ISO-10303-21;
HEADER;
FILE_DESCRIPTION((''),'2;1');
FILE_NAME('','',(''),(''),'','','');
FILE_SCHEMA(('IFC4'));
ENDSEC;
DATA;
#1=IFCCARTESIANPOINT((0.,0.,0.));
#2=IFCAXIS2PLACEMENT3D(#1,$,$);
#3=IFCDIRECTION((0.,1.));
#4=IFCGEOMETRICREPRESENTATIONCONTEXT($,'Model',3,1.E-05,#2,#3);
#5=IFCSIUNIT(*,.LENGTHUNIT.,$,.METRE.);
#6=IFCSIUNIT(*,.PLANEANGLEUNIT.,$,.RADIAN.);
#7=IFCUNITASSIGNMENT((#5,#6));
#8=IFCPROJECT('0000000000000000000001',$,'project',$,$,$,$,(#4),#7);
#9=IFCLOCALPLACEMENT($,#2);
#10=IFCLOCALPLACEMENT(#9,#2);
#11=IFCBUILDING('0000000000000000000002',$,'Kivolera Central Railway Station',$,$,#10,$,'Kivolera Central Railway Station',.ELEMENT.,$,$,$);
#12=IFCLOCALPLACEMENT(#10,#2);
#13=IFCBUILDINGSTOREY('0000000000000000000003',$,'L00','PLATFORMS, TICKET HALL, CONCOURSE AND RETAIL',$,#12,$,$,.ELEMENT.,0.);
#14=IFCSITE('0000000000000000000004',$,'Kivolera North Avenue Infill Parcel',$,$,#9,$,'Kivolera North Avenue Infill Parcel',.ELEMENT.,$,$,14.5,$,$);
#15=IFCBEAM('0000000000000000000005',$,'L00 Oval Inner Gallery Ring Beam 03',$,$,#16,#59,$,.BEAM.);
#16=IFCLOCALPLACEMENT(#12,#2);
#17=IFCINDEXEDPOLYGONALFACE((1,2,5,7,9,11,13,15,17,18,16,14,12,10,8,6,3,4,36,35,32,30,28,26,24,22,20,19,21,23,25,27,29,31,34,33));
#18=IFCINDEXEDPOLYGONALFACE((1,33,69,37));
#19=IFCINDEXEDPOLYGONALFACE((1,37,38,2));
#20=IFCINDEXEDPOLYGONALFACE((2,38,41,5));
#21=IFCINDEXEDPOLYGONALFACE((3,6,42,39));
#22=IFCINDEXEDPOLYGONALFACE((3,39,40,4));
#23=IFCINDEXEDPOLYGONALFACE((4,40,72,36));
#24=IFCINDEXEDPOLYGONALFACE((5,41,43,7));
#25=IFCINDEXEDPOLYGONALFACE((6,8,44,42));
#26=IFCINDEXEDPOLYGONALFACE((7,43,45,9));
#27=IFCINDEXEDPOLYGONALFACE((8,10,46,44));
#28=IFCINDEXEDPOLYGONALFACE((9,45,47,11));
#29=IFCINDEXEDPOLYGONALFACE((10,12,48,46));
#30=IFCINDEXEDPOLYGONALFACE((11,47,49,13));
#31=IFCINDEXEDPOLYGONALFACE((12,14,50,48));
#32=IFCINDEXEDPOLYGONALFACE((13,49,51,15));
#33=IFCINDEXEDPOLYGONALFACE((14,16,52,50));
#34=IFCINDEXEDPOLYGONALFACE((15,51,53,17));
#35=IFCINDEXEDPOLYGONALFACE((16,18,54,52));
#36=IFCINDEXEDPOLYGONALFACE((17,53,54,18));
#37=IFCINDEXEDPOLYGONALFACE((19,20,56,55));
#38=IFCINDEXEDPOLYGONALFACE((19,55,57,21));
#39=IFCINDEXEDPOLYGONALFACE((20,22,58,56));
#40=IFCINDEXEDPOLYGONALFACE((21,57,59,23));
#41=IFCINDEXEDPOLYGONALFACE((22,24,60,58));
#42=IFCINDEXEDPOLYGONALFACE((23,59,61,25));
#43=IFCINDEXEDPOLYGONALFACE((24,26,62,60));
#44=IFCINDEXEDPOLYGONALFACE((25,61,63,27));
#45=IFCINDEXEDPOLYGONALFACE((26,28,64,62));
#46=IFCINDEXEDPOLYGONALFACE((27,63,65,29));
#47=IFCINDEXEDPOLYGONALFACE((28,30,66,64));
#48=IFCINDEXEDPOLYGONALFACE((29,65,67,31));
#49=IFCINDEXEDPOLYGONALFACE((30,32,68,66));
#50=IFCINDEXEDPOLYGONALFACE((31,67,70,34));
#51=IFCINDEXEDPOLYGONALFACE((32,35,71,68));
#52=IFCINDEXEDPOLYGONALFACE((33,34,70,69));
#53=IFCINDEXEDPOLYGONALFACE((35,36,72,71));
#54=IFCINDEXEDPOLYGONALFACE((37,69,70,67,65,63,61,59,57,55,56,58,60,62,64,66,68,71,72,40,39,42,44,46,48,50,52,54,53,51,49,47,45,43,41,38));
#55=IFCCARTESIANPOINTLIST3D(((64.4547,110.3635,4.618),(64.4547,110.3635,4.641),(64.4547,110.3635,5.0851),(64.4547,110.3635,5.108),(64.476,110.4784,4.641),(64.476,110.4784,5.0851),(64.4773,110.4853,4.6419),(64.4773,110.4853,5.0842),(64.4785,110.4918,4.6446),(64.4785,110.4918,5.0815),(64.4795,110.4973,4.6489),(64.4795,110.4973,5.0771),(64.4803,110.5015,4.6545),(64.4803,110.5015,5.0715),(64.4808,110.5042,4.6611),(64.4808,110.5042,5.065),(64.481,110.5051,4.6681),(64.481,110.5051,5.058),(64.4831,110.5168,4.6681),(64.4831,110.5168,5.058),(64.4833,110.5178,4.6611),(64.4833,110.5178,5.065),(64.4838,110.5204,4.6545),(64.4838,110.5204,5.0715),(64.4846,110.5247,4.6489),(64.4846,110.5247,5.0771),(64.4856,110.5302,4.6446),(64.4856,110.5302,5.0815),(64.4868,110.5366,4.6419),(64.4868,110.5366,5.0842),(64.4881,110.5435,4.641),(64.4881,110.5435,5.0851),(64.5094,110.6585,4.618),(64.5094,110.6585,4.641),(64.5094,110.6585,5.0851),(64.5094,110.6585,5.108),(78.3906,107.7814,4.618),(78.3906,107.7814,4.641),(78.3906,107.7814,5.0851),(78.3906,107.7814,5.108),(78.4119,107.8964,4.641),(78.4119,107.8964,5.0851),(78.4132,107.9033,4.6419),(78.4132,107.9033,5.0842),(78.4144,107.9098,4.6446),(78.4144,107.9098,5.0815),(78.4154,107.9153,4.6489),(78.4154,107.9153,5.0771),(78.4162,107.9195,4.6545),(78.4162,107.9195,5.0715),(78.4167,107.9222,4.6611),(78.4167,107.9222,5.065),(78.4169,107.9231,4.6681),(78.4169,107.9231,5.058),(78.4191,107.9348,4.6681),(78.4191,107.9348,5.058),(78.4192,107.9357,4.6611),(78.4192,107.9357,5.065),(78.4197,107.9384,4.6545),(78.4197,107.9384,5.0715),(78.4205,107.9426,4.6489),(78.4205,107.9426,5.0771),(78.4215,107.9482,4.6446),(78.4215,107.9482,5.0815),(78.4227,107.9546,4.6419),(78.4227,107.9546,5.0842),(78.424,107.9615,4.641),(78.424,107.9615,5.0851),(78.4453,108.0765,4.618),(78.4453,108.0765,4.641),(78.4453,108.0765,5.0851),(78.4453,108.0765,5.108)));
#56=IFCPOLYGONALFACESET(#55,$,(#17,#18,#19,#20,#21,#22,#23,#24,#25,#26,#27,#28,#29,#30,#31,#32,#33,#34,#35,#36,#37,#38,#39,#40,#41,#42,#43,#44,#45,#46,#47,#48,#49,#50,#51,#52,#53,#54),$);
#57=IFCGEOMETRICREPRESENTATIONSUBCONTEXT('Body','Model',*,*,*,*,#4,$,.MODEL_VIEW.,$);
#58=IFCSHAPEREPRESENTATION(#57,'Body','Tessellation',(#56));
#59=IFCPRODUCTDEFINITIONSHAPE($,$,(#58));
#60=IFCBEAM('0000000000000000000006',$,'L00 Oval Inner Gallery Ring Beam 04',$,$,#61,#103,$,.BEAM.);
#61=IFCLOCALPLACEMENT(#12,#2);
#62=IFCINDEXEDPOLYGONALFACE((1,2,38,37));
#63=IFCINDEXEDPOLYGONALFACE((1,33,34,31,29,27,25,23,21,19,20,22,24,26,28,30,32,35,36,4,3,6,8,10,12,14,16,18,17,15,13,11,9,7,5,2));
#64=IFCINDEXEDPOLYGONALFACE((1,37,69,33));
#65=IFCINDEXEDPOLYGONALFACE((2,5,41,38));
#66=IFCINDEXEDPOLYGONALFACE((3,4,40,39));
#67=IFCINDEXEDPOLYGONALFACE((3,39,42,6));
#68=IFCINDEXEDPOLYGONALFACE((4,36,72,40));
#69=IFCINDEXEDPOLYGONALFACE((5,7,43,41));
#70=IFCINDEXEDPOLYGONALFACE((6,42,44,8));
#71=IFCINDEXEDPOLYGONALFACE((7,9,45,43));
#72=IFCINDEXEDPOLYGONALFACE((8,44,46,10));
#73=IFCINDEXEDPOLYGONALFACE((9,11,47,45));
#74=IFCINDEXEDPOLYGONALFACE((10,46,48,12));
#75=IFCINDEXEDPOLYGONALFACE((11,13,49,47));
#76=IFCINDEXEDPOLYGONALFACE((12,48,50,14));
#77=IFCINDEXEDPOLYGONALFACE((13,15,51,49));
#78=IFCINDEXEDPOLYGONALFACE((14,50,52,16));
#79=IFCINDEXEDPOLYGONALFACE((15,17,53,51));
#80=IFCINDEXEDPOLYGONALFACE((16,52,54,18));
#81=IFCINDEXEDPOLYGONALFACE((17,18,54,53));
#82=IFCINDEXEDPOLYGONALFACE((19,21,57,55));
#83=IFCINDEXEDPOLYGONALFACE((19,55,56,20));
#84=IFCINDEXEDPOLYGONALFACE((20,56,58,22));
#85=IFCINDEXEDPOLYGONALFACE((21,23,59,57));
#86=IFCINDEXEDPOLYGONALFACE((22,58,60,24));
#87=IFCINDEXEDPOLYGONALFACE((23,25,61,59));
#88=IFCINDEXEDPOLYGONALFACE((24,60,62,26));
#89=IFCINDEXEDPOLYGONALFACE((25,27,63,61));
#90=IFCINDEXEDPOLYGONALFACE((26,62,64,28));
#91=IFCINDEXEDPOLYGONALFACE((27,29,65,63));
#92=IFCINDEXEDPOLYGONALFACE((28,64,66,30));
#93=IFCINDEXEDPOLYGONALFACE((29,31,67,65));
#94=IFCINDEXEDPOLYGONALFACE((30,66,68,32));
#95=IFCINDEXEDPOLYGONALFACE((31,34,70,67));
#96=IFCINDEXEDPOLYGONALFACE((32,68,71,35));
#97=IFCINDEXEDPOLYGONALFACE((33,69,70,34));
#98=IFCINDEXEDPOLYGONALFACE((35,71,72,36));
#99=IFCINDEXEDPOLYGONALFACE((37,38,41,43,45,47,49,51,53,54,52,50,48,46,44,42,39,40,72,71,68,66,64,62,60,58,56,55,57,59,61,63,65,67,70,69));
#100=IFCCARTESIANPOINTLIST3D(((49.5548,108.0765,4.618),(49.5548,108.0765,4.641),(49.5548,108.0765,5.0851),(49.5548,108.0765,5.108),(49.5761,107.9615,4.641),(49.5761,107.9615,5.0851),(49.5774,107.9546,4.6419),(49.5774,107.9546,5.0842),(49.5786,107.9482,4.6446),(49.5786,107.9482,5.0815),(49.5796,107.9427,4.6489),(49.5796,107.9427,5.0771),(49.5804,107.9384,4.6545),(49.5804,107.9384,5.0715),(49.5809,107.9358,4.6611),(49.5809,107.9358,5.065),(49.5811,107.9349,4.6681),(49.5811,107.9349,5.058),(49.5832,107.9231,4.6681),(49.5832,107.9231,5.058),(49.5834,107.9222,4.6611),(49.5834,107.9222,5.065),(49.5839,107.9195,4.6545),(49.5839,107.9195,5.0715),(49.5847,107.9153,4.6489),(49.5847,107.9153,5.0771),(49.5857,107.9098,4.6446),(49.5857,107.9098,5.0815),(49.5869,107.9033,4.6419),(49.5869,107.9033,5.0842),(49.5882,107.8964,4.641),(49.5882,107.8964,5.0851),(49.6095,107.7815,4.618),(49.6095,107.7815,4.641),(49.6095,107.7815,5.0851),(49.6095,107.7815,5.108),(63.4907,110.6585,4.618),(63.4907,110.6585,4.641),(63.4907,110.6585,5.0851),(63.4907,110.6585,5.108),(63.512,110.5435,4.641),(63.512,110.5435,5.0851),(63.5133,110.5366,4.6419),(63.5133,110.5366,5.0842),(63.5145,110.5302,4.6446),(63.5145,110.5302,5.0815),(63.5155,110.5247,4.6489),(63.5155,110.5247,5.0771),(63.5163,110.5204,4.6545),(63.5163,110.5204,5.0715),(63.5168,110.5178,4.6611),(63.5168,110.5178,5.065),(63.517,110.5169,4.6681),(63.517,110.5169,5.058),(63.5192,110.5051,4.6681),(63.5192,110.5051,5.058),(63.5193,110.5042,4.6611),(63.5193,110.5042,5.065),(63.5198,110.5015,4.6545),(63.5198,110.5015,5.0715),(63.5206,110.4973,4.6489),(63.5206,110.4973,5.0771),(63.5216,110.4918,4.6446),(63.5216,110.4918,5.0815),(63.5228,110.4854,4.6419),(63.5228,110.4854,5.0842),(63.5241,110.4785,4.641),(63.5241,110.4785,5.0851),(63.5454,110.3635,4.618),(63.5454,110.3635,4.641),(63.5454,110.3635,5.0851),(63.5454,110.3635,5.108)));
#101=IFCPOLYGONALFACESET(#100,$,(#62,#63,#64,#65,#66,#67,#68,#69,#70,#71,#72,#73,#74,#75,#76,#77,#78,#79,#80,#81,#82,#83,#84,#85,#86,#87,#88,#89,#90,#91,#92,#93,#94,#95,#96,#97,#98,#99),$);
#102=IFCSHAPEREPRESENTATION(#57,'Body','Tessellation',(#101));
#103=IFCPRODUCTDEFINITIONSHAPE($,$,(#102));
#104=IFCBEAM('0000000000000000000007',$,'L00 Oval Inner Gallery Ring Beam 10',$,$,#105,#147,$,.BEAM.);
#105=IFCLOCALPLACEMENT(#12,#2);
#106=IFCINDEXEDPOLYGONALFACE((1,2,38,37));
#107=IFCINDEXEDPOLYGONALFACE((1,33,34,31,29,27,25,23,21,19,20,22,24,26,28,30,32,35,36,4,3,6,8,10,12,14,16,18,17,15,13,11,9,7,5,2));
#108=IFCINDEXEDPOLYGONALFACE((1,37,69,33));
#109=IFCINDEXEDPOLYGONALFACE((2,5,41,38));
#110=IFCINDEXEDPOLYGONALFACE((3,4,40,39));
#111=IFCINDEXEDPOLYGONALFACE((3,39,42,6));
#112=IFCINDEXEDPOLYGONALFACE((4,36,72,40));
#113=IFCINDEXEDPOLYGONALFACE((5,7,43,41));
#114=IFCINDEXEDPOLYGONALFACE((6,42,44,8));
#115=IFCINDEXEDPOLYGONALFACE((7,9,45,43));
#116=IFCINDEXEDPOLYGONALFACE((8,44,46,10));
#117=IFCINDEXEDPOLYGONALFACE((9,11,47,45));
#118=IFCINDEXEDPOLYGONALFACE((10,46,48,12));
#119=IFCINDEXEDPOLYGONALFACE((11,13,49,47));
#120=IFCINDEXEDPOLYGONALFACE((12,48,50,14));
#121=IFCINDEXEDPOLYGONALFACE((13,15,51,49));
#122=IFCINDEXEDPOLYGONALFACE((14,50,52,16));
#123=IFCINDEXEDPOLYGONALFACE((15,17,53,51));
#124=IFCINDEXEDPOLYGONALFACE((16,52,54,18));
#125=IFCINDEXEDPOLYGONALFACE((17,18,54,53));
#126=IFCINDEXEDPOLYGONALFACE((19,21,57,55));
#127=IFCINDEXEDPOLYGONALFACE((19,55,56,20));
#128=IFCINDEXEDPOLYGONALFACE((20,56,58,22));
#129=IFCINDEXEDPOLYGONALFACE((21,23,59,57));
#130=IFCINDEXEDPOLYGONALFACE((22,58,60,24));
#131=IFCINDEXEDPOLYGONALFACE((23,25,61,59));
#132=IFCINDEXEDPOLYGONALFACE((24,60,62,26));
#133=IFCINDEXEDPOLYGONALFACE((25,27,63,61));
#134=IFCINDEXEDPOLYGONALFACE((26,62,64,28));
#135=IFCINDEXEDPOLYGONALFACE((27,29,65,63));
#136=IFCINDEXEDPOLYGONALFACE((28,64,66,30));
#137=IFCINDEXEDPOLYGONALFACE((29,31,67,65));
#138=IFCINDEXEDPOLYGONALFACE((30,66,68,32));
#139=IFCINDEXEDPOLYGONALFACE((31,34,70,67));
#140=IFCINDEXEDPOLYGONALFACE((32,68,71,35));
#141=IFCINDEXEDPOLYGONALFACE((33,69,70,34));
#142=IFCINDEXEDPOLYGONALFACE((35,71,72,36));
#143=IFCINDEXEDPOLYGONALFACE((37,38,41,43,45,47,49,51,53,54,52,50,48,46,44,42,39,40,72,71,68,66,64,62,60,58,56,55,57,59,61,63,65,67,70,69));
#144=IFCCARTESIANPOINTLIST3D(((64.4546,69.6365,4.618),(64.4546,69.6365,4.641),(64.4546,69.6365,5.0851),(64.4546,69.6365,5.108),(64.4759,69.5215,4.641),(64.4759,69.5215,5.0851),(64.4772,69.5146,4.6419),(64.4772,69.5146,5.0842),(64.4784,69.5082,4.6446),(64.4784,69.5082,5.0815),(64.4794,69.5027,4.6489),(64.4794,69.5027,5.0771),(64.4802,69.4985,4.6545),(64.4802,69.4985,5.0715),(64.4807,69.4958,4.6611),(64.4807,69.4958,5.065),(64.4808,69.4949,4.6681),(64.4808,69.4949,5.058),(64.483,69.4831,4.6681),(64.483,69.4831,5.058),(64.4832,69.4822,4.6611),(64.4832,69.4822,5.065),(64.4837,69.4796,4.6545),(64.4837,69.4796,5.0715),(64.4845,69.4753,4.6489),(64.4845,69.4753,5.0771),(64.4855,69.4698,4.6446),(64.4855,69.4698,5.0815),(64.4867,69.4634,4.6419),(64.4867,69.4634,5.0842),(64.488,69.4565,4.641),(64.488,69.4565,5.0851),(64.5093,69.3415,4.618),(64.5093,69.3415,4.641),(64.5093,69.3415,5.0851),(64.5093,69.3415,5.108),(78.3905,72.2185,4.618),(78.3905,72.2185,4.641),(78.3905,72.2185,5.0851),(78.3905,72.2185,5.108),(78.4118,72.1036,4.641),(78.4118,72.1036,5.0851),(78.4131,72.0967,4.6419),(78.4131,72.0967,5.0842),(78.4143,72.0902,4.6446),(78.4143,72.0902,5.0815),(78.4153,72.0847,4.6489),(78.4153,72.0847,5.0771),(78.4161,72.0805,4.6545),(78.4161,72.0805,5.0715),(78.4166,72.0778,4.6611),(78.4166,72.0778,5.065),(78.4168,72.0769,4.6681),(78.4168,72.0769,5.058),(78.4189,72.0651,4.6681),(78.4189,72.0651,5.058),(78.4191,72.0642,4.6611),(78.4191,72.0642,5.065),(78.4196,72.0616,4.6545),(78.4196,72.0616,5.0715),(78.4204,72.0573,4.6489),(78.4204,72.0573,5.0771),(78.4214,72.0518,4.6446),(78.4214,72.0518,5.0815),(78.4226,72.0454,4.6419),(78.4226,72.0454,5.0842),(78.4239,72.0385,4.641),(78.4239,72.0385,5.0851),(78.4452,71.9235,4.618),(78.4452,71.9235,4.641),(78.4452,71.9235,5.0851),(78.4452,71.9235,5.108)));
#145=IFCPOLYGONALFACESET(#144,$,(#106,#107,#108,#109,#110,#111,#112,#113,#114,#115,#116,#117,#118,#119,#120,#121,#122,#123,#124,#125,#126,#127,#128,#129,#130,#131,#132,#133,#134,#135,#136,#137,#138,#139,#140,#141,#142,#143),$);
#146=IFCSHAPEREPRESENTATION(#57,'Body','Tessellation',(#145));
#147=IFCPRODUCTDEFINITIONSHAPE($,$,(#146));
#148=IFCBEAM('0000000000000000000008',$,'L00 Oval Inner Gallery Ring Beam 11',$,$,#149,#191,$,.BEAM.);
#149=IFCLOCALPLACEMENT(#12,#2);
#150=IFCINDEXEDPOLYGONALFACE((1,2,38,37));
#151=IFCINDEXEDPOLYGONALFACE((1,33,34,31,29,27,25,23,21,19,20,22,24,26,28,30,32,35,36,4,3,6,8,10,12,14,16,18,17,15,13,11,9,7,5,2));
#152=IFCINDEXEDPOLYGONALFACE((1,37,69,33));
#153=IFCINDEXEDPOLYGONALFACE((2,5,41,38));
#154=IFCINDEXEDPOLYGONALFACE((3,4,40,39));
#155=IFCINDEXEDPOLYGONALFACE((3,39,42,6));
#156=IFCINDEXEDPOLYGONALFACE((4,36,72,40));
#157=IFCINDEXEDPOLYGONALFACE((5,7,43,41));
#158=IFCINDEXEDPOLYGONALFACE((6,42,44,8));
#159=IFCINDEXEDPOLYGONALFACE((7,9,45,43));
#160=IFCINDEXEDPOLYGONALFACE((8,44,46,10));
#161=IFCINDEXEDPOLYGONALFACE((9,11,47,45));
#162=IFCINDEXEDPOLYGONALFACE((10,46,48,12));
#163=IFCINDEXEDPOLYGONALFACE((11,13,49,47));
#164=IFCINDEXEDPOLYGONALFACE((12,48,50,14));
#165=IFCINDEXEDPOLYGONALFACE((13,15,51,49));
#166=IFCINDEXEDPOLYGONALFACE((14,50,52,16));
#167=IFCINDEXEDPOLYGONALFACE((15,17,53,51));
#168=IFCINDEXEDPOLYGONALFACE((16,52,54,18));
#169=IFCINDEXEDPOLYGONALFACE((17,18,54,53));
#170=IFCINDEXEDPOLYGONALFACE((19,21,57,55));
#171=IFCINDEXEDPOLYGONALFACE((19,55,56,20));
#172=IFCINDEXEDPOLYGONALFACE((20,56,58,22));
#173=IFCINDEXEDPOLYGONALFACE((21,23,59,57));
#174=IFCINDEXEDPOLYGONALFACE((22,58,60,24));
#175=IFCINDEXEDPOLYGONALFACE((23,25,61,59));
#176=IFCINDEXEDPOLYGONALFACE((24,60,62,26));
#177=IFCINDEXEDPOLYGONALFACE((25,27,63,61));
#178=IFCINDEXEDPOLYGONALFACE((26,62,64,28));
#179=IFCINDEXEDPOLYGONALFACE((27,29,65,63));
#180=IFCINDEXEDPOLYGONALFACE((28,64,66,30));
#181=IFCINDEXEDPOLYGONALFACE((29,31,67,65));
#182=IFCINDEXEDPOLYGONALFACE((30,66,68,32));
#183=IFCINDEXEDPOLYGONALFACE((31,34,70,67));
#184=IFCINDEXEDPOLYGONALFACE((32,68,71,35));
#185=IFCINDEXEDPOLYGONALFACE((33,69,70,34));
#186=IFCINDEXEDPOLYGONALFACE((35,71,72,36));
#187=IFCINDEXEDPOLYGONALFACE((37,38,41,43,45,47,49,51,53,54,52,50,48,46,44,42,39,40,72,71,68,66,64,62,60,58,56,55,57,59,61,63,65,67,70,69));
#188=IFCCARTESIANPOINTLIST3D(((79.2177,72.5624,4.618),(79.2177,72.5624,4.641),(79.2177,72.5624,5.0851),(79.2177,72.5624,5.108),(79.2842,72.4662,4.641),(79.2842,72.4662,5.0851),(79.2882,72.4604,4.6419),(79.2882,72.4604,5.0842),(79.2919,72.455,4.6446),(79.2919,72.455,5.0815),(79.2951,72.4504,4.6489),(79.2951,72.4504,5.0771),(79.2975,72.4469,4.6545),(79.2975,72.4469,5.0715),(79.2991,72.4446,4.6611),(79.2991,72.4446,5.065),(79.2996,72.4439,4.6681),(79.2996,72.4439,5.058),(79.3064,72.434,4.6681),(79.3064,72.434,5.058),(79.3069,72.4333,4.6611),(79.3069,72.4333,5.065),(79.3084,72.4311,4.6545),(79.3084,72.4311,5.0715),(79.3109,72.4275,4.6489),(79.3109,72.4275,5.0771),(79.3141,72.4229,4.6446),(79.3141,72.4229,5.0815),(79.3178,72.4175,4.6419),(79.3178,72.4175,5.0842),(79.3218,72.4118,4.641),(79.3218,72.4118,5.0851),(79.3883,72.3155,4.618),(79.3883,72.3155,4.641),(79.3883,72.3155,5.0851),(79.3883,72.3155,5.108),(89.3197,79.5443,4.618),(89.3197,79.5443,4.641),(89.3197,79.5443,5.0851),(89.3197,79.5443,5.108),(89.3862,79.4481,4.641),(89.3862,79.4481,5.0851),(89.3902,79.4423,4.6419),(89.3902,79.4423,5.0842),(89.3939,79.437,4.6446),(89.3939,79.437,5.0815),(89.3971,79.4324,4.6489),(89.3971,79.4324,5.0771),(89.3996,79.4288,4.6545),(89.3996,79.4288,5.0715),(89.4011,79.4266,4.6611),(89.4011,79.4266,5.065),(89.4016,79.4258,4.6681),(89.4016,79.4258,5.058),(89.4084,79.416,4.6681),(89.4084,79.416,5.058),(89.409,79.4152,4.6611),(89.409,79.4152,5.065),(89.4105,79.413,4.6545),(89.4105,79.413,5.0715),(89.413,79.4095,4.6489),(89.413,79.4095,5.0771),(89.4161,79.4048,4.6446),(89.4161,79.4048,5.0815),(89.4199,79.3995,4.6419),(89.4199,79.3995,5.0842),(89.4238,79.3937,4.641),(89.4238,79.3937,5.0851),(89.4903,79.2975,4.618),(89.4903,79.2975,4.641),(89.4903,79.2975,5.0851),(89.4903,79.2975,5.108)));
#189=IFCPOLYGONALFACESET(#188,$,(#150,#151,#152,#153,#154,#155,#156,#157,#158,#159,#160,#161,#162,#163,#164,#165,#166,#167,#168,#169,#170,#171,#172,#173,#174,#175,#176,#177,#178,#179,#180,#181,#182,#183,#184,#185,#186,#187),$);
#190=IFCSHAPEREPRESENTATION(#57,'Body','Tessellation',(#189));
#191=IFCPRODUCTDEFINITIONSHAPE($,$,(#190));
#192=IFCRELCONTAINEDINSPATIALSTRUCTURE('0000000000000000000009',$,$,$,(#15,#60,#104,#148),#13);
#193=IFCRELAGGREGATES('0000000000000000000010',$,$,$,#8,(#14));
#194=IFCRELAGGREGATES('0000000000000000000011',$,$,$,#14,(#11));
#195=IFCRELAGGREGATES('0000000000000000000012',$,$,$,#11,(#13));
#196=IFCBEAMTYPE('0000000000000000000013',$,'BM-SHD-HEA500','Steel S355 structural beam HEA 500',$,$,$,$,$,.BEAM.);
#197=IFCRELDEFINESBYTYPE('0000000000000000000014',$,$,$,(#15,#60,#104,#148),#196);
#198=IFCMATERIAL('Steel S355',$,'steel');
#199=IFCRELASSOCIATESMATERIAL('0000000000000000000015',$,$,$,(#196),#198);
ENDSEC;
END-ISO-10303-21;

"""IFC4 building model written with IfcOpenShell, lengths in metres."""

from ifc_helpers import new_model, si_unit, direction, frame, origin, origin_2d, place, context, subcontext, project, spatial, i_section, extrude, material, material_profile, profile_set, type_object, element, save


model = new_model("IFC4")

# Units and contexts
model_context = context("Model", 3, precision=1e-05, world=origin(), true_north=direction((0.0, 1.0)))
body_context = subcontext(model_context, "Body", "Model", "MODEL_VIEW")
ifc_project = project(units=[si_unit("LENGTHUNIT", "METRE"), si_unit("PLANEANGLEUNIT", "RADIAN")], contexts=[model_context])

# Site, building, storey
site_placement = place(None, origin())
site = spatial("IfcSite", under=ifc_project, at=site_placement, Name="Kivolera North Avenue Infill Parcel", LongName="Kivolera North Avenue Infill Parcel", CompositionType="ELEMENT", RefElevation=14.5)
building_placement = place(site_placement, origin())
building = spatial("IfcBuilding", under=site, at=building_placement, Name="Kivolera Central Railway Station", LongName="Kivolera Central Railway Station", CompositionType="ELEMENT")
storey_placement = place(building_placement, origin())
storey = spatial("IfcBuildingStorey", under=building, at=storey_placement, Name="L00", Description="PLATFORMS, TICKET HALL, CONCOURSE AND RETAIL", CompositionType="ELEMENT", Elevation=0.0)

# Beams
ifc_material_1 = material(Name="Steel S355", Category="steel")
ifc_material_profile_1 = material_profile(ifc_material_1, i_section(OverallWidth=0.3, OverallDepth=0.49, WebThickness=0.012, FlangeThickness=0.0229, FilletRadius=0.0271, at=origin_2d()), Name="HEA 500")
ifc_profile_set_1 = profile_set([ifc_material_profile_1], Name="Steel S355")
beam_type_1 = type_object("IfcBeamType", Name="BM-SHD-HEA500", Description="Steel S355 structural beam HEA 500", PredefinedType="BEAM", material=ifc_profile_set_1)
for number, where, z_axis, x_axis, name in (
    (1, (78.418, 107.929, 4.863), (-0.983266, 0.182177, 0.0), (-0.182177, -0.983266, 0.0), "L00 Oval Inner Gallery Ring Beam 03"),
    (2, (63.5181, 110.511, 4.863), (-0.983266, -0.182177, 0.0), (0.182177, -0.983266, 0.0), "L00 Oval Inner Gallery Ring Beam 04"),
    (3, (64.4819, 69.489, 4.863), (0.983266, 0.182177, 0.0), (-0.182177, 0.983266, 0.0), "L00 Oval Inner Gallery Ring Beam 10"),
):
    element("IfcBeam", number, at=place(storey_placement, frame(where, z_axis=z_axis, x_axis=x_axis)), inside=storey, type_object=beam_type_1, Name=name, PredefinedType="BEAM", context=body_context, shape_type="SweptSolid", body=[
        extrude(i_section(OverallWidth=0.3, OverallDepth=0.49, WebThickness=0.012, FlangeThickness=0.0229, FilletRadius=0.0271, at=origin_2d()), origin(), (0.0, 0.0, 1.0), 14.1731),
    ])
beam_1_placement = place(storey_placement, frame((79.303, 72.439, 4.863), z_axis=(0.822641, 0.568561, 0.0), x_axis=(-0.568561, 0.822641, 0.0)))
element("IfcBeam", 4, at=beam_1_placement, inside=storey, type_object=beam_type_1, Name="L00 Oval Inner Gallery Ring Beam 11", PredefinedType="BEAM", context=body_context, shape_type="SweptSolid", body=[
    extrude(i_section(OverallWidth=0.3, OverallDepth=0.49, WebThickness=0.012, FlangeThickness=0.0229, FilletRadius=0.0271, at=origin_2d()), origin(), (0.0, 0.0, 1.0), 12.28),
])

save(model, "model.ifc")
